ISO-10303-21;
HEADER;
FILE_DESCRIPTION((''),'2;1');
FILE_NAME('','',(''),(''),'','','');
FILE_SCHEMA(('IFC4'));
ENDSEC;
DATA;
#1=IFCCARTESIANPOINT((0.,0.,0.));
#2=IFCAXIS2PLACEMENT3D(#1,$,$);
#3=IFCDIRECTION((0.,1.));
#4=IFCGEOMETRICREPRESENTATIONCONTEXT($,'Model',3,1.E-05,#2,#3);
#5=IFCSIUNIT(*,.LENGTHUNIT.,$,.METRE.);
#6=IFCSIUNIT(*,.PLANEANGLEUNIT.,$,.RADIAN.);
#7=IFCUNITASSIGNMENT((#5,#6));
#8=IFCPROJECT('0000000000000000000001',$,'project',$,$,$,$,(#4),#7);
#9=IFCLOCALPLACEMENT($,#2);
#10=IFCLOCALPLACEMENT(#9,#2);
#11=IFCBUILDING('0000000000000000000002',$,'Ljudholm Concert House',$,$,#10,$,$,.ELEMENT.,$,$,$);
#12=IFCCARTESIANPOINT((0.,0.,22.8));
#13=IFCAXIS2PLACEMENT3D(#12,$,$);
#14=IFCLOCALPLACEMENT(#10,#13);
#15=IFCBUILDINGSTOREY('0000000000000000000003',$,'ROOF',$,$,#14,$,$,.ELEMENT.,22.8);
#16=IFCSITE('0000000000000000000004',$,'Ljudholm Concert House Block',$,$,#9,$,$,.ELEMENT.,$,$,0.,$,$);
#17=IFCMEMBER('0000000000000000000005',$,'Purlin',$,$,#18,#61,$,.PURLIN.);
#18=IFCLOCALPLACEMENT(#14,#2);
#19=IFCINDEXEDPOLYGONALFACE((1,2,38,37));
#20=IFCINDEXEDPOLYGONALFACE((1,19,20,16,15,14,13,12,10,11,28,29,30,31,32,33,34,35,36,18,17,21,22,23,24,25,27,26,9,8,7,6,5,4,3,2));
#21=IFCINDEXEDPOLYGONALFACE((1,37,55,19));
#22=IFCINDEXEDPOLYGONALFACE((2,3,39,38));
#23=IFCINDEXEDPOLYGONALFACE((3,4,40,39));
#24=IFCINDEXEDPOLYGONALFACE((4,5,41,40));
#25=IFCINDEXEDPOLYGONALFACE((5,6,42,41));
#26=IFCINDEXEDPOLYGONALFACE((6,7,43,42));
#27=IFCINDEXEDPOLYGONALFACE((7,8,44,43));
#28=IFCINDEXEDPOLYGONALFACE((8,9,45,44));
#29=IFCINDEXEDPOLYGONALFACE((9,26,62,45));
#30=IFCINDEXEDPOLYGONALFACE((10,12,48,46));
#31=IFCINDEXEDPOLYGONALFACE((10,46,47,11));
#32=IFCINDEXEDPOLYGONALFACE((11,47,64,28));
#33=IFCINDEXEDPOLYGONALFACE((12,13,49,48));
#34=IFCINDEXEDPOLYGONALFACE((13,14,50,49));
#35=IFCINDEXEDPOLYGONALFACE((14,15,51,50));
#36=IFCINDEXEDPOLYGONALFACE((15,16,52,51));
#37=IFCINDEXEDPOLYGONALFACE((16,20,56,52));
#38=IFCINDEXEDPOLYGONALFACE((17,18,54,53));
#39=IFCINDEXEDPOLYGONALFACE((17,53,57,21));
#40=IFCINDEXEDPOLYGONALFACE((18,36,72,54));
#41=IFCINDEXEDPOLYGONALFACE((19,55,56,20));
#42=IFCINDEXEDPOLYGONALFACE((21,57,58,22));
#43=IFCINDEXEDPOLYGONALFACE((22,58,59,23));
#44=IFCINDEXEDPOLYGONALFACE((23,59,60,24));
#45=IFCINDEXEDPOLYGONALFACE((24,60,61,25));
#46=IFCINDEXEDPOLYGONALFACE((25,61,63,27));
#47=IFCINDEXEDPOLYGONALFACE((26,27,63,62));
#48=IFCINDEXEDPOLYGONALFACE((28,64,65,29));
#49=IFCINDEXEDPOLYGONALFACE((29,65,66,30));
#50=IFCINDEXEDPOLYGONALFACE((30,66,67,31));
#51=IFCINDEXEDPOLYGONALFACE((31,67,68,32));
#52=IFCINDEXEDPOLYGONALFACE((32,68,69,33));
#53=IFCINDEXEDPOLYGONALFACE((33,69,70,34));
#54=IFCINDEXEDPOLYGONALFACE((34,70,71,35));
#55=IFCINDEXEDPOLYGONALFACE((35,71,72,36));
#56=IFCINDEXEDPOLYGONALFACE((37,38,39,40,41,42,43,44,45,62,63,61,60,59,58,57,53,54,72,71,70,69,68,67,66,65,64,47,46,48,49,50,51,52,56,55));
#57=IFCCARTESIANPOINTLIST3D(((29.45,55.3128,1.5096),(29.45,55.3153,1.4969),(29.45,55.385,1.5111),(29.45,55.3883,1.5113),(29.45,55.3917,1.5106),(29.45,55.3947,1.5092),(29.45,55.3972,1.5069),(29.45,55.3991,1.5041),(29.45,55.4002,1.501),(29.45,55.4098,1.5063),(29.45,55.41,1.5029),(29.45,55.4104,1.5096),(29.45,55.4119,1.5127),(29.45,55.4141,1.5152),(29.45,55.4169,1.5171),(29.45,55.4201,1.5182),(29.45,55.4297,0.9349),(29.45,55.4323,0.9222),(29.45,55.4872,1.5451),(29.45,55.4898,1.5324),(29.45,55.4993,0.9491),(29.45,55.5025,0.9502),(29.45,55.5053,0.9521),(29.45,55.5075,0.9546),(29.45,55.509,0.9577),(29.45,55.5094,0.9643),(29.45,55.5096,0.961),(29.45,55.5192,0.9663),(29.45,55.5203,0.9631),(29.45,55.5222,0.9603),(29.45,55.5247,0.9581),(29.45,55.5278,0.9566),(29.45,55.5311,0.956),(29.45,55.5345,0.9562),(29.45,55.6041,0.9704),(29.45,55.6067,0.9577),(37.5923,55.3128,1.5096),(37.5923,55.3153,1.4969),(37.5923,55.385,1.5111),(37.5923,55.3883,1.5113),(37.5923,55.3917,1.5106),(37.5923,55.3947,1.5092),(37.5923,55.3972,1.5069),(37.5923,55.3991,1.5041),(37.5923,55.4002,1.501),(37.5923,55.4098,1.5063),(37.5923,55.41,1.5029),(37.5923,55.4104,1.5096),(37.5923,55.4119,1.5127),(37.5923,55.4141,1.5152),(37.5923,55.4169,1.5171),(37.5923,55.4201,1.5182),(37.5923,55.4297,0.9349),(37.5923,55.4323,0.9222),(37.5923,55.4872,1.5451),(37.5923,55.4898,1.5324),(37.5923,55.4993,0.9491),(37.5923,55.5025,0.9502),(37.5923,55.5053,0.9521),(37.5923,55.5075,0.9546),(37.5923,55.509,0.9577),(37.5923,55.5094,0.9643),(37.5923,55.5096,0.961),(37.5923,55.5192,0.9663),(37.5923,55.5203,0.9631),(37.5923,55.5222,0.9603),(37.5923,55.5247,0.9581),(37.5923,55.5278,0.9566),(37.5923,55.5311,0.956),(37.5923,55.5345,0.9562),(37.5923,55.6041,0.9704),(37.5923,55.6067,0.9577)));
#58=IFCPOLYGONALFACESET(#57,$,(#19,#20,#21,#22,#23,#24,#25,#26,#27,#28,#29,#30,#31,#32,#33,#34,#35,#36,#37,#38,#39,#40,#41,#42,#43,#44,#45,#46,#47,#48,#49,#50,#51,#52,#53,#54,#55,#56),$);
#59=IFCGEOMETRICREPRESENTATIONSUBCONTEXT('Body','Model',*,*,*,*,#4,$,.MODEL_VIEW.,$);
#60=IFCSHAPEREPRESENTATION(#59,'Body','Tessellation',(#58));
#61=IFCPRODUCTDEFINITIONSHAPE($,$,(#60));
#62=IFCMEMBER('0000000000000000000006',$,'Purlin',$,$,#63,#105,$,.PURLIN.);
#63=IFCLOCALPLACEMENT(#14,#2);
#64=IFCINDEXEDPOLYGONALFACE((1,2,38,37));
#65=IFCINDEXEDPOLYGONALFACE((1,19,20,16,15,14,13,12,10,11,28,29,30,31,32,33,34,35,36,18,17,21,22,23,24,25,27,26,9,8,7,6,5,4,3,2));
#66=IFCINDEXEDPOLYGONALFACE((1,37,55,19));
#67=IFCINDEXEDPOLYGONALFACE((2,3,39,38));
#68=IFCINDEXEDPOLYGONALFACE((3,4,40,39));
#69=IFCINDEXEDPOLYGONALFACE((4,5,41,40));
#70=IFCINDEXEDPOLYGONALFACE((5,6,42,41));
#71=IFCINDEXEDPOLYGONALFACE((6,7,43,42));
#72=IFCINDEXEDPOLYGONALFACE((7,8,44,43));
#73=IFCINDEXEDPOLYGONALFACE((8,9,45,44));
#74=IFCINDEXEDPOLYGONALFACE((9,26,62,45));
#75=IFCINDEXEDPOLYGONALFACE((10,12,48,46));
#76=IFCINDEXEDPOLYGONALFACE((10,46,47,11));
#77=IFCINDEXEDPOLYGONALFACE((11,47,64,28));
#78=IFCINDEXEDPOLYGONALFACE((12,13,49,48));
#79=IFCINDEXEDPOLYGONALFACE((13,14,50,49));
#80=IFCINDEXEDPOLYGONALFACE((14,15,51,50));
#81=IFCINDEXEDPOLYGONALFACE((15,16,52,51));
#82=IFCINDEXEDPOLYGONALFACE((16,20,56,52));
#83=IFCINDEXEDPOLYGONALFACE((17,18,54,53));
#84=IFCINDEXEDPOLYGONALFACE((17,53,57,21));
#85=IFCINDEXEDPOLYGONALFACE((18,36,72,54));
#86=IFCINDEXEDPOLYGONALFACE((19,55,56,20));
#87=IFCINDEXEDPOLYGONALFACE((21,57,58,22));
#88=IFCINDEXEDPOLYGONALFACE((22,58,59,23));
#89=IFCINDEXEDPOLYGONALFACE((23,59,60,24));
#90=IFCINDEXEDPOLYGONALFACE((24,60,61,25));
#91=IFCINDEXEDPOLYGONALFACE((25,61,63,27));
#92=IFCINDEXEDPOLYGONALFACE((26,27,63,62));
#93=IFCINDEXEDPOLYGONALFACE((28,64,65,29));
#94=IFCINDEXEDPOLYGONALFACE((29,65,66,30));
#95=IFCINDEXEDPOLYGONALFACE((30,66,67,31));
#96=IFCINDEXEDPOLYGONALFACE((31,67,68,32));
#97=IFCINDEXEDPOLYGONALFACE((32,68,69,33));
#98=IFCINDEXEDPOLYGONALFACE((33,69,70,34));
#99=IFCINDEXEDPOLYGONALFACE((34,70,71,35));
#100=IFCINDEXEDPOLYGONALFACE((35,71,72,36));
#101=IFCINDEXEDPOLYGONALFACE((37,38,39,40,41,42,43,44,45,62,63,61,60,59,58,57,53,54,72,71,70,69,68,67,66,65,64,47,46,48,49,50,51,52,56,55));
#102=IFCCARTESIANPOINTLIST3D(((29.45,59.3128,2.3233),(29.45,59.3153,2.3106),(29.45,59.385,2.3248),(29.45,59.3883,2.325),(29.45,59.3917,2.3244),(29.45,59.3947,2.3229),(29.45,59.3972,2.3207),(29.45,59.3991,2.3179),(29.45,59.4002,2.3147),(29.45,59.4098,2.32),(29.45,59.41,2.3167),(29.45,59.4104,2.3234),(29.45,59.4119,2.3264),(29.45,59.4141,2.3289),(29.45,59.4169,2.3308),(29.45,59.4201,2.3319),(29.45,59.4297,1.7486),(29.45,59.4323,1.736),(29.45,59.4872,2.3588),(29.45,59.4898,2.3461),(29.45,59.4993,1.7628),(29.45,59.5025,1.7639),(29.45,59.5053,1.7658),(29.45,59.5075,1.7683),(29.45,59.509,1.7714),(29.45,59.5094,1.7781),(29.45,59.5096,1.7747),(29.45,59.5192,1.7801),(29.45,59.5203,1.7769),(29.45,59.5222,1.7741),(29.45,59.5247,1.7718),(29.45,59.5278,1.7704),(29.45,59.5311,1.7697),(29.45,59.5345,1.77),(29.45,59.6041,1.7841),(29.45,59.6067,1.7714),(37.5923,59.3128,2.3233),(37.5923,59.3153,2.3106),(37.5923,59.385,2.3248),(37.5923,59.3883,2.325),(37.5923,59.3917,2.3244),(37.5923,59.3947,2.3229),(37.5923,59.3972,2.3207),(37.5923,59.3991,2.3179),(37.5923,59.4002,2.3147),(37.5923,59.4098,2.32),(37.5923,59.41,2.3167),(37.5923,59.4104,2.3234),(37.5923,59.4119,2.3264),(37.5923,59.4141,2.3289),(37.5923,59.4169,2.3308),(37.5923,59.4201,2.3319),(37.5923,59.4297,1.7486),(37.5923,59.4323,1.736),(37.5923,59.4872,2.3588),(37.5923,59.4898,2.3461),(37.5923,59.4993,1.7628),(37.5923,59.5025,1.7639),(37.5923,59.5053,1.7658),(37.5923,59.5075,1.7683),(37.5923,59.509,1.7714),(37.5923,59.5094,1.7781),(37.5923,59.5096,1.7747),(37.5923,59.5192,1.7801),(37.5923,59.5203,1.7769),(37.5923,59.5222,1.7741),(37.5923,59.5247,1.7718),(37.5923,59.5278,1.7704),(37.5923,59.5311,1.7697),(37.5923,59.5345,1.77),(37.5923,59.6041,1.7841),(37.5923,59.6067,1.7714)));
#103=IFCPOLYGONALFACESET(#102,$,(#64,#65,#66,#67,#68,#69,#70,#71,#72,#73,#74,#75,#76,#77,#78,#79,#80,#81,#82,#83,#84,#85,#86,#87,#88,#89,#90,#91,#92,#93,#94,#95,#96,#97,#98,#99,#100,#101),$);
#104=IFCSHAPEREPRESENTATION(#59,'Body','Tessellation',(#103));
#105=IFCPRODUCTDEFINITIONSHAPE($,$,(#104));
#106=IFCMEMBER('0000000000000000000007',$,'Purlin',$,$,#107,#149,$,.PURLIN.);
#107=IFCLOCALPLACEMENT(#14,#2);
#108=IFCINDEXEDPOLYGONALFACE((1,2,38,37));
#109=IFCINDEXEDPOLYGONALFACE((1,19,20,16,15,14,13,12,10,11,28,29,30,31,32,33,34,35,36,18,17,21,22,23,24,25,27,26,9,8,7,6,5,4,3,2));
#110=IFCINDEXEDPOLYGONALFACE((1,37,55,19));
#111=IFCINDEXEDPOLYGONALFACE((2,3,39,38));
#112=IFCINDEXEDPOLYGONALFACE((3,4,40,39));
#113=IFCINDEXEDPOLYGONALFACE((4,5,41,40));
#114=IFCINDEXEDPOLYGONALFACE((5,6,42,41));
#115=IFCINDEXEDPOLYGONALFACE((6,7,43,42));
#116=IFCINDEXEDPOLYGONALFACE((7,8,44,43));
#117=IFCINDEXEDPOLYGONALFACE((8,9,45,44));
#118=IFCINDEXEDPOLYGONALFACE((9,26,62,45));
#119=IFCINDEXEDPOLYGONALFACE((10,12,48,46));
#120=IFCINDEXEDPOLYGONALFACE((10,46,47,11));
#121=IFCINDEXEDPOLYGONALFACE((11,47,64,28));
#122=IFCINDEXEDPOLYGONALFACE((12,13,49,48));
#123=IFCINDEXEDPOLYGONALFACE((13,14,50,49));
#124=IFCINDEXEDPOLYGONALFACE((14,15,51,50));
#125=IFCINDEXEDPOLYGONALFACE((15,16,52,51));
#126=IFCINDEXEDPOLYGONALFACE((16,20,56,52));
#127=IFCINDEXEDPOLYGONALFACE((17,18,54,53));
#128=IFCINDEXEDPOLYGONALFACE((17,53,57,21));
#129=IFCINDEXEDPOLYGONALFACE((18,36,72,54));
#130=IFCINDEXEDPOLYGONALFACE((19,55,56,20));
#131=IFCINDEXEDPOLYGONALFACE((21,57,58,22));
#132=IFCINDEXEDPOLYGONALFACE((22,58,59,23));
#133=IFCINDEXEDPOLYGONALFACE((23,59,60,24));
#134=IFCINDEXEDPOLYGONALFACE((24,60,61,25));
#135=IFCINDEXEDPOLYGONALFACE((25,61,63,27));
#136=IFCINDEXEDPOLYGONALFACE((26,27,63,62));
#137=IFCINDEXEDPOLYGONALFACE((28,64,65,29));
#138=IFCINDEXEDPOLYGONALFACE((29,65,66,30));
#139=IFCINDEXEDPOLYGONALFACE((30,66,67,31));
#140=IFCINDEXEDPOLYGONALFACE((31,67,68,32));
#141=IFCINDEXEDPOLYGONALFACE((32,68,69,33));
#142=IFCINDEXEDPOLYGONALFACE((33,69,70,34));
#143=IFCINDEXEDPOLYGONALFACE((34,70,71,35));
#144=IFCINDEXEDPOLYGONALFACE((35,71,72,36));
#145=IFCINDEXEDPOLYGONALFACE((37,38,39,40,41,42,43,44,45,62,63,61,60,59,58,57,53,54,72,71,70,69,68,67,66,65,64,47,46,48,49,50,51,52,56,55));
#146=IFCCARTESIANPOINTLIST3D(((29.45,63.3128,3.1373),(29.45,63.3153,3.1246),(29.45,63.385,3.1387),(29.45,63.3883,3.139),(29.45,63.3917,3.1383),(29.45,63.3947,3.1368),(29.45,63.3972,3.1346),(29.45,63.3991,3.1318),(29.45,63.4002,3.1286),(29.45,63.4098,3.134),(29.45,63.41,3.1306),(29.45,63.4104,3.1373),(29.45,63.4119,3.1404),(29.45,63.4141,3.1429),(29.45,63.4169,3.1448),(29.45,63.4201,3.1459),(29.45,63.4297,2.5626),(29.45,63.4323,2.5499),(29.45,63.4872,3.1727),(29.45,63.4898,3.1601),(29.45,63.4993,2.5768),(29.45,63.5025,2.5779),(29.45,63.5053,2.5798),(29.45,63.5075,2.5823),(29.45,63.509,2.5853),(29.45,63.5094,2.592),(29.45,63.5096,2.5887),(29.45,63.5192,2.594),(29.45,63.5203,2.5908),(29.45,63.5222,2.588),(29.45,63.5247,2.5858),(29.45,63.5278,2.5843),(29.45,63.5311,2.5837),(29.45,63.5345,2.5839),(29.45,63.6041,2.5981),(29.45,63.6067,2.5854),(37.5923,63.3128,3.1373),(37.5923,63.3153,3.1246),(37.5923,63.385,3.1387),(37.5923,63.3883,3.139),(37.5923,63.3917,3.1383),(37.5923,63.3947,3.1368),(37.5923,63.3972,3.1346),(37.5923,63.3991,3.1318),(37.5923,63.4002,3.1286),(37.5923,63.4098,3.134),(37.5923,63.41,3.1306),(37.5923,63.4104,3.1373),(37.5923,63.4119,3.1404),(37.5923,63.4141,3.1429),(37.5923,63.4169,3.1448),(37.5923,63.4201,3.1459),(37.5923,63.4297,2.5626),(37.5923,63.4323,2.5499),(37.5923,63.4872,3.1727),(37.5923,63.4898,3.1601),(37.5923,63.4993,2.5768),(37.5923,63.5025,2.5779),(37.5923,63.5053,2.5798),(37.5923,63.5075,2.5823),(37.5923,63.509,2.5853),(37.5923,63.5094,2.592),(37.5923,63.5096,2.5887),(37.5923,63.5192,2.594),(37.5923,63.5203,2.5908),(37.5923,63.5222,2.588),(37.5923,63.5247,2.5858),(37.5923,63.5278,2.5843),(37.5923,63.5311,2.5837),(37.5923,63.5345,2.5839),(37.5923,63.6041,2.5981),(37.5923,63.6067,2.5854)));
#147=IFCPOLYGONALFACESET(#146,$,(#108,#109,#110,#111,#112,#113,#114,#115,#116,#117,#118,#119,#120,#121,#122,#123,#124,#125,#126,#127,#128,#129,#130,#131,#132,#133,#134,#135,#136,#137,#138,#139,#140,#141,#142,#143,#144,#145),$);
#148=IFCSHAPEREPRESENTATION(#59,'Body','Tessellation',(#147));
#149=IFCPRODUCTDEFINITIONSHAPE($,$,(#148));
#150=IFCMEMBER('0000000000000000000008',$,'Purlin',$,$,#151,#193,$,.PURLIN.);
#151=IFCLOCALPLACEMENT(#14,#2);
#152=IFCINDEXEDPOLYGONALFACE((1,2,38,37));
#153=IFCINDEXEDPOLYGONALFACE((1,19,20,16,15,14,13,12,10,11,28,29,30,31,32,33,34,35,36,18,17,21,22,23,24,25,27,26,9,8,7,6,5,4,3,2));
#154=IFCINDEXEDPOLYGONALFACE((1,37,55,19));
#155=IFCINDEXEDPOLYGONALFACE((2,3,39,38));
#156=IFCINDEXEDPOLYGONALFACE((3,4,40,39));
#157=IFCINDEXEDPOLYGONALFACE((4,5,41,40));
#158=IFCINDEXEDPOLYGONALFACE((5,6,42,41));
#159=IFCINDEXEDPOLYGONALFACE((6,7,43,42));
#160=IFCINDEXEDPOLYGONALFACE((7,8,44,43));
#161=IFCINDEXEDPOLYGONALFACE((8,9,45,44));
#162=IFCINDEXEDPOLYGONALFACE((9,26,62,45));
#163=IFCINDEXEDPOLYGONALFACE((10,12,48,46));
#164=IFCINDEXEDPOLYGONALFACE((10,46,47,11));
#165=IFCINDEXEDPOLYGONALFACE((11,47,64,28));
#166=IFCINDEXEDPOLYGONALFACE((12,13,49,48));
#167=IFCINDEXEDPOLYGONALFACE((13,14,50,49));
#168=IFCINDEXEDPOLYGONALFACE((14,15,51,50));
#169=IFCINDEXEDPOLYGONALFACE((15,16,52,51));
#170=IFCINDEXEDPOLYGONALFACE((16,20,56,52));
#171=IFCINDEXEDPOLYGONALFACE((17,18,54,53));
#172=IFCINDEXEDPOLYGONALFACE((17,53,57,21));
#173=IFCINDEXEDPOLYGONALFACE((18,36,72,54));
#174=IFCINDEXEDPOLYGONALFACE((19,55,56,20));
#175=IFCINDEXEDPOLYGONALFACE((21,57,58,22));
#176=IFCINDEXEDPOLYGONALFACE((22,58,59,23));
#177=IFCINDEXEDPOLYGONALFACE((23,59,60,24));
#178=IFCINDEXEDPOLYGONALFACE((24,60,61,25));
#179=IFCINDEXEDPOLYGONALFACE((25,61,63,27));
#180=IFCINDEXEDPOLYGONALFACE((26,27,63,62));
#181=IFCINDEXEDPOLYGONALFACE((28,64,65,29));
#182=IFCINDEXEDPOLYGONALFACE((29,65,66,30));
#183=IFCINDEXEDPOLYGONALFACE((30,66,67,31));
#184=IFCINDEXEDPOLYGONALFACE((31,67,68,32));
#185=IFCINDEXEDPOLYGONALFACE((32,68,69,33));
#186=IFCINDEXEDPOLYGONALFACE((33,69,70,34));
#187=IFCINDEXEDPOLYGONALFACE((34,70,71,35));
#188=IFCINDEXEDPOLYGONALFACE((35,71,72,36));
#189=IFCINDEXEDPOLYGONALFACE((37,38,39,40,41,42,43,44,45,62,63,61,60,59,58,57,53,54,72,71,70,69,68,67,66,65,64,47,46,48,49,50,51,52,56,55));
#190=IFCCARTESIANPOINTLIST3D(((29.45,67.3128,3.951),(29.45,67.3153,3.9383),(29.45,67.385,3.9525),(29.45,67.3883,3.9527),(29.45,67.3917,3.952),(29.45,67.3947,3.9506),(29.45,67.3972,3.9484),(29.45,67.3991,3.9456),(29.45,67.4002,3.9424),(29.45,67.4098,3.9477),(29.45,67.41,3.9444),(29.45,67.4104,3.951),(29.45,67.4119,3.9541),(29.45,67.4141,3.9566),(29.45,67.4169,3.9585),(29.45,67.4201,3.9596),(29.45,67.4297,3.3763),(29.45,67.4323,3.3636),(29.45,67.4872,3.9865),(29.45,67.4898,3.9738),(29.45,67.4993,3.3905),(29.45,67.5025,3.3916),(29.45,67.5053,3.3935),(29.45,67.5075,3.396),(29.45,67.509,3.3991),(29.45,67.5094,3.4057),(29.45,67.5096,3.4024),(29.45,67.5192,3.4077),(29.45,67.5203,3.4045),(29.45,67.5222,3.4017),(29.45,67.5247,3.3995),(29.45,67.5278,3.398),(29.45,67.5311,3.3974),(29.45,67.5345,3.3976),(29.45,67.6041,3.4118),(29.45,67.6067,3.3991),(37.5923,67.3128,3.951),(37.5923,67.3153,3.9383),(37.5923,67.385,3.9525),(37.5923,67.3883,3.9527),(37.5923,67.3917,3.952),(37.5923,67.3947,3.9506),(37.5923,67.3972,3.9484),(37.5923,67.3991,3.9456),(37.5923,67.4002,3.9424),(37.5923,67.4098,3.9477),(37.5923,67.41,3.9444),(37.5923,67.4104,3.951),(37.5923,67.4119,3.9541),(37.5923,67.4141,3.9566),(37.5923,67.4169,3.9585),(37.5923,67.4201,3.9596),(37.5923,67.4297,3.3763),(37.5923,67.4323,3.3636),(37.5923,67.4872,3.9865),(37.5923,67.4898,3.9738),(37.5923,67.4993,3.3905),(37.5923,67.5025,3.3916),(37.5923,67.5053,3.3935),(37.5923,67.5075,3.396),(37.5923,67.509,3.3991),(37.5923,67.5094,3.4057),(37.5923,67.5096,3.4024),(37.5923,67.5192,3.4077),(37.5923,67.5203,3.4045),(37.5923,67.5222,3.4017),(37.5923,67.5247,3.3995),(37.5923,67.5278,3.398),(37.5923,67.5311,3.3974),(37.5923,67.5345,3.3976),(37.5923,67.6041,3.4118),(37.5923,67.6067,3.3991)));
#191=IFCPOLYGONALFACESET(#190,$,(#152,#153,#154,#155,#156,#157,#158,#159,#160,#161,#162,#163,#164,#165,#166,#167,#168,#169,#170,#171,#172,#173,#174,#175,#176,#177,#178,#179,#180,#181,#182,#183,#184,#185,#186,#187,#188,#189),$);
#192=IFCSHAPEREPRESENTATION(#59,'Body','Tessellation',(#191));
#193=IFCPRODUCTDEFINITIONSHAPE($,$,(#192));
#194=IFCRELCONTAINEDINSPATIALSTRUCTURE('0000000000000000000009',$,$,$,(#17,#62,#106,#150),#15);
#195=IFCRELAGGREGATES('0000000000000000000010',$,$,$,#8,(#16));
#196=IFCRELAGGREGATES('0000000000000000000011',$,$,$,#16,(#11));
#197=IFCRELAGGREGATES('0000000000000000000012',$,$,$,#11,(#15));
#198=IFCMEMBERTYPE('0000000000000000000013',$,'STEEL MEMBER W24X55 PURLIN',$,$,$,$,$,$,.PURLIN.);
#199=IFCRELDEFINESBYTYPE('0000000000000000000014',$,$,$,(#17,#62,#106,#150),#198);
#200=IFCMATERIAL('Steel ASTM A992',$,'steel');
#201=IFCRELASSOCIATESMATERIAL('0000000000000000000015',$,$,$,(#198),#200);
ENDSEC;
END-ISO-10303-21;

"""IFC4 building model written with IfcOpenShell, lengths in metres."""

from ifc_helpers import new_model, si_unit, direction, frame, origin, origin_2d, place, context, subcontext, project, spatial, i_section, extrude, material, material_profile, profile_set, type_object, element, save


model = new_model("IFC4")

# Units and contexts
model_context = context("Model", 3, precision=1e-05, world=origin(), true_north=direction((0.0, 1.0)))
body_context = subcontext(model_context, "Body", "Model", "MODEL_VIEW")
ifc_project = project(units=[si_unit("LENGTHUNIT", "METRE"), si_unit("PLANEANGLEUNIT", "RADIAN")], contexts=[model_context])

# Site, building, storey
site_placement = place(None, origin())
site = spatial("IfcSite", under=ifc_project, at=site_placement, Name="Ljudholm Concert House Block", CompositionType="ELEMENT", RefElevation=0.0)
building_placement = place(site_placement, origin())
building = spatial("IfcBuilding", under=site, at=building_placement, Name="Ljudholm Concert House", CompositionType="ELEMENT")
storey_placement = place(building_placement, frame((0.0, 0.0, 22.8)))
storey = spatial("IfcBuildingStorey", under=building, at=storey_placement, Name="ROOF", CompositionType="ELEMENT", Elevation=22.8)

# Members
ifc_material_1 = material(Name="Steel ASTM A992", Category="steel")
ifc_material_profile_1 = material_profile(ifc_material_1, i_section(OverallWidth=0.178, OverallDepth=0.5994, WebThickness=0.01, FlangeThickness=0.0129, FilletRadius=0.0129, at=origin_2d()), Name="W24X55")
ifc_profile_set_1 = profile_set([ifc_material_profile_1], Name="Steel ASTM A992")
member_type_1 = type_object("IfcMemberType", Name="STEEL MEMBER W24X55 PURLIN", PredefinedType="PURLIN", material=ifc_profile_set_1)
for number, where, z_axis, x_axis, name in (
    (1, (29.45, 55.4597, 1.2336), (1.0, 0.0, 0.0), (0.0, 0.979925, 0.199368), "Purlin"),
    (2, (29.45, 59.4597, 2.0474), (1.0, 0.0, 0.0), (0.0, 0.979925, 0.199368), "Purlin"),
    (3, (29.45, 63.4597, 2.8613), (1.0, 0.0, 0.0), (0.0, 0.979925, 0.199368), "Purlin"),
    (4, (29.45, 67.4597, 3.675), (1.0, 0.0, 0.0), (0.0, 0.979925, 0.199368), "Purlin"),
):
    element("IfcMember", number, at=place(storey_placement, frame(where, z_axis=z_axis, x_axis=x_axis)), inside=storey, type_object=member_type_1, Name=name, PredefinedType="PURLIN", context=body_context, shape_type="SweptSolid", body=[
        extrude(i_section(OverallWidth=0.178, OverallDepth=0.5994, WebThickness=0.01, FlangeThickness=0.0129, FilletRadius=0.0129, at=origin_2d()), origin(), (0.0, 0.0, 1.0), 8.1423),
    ])

save(model, "model.ifc")
